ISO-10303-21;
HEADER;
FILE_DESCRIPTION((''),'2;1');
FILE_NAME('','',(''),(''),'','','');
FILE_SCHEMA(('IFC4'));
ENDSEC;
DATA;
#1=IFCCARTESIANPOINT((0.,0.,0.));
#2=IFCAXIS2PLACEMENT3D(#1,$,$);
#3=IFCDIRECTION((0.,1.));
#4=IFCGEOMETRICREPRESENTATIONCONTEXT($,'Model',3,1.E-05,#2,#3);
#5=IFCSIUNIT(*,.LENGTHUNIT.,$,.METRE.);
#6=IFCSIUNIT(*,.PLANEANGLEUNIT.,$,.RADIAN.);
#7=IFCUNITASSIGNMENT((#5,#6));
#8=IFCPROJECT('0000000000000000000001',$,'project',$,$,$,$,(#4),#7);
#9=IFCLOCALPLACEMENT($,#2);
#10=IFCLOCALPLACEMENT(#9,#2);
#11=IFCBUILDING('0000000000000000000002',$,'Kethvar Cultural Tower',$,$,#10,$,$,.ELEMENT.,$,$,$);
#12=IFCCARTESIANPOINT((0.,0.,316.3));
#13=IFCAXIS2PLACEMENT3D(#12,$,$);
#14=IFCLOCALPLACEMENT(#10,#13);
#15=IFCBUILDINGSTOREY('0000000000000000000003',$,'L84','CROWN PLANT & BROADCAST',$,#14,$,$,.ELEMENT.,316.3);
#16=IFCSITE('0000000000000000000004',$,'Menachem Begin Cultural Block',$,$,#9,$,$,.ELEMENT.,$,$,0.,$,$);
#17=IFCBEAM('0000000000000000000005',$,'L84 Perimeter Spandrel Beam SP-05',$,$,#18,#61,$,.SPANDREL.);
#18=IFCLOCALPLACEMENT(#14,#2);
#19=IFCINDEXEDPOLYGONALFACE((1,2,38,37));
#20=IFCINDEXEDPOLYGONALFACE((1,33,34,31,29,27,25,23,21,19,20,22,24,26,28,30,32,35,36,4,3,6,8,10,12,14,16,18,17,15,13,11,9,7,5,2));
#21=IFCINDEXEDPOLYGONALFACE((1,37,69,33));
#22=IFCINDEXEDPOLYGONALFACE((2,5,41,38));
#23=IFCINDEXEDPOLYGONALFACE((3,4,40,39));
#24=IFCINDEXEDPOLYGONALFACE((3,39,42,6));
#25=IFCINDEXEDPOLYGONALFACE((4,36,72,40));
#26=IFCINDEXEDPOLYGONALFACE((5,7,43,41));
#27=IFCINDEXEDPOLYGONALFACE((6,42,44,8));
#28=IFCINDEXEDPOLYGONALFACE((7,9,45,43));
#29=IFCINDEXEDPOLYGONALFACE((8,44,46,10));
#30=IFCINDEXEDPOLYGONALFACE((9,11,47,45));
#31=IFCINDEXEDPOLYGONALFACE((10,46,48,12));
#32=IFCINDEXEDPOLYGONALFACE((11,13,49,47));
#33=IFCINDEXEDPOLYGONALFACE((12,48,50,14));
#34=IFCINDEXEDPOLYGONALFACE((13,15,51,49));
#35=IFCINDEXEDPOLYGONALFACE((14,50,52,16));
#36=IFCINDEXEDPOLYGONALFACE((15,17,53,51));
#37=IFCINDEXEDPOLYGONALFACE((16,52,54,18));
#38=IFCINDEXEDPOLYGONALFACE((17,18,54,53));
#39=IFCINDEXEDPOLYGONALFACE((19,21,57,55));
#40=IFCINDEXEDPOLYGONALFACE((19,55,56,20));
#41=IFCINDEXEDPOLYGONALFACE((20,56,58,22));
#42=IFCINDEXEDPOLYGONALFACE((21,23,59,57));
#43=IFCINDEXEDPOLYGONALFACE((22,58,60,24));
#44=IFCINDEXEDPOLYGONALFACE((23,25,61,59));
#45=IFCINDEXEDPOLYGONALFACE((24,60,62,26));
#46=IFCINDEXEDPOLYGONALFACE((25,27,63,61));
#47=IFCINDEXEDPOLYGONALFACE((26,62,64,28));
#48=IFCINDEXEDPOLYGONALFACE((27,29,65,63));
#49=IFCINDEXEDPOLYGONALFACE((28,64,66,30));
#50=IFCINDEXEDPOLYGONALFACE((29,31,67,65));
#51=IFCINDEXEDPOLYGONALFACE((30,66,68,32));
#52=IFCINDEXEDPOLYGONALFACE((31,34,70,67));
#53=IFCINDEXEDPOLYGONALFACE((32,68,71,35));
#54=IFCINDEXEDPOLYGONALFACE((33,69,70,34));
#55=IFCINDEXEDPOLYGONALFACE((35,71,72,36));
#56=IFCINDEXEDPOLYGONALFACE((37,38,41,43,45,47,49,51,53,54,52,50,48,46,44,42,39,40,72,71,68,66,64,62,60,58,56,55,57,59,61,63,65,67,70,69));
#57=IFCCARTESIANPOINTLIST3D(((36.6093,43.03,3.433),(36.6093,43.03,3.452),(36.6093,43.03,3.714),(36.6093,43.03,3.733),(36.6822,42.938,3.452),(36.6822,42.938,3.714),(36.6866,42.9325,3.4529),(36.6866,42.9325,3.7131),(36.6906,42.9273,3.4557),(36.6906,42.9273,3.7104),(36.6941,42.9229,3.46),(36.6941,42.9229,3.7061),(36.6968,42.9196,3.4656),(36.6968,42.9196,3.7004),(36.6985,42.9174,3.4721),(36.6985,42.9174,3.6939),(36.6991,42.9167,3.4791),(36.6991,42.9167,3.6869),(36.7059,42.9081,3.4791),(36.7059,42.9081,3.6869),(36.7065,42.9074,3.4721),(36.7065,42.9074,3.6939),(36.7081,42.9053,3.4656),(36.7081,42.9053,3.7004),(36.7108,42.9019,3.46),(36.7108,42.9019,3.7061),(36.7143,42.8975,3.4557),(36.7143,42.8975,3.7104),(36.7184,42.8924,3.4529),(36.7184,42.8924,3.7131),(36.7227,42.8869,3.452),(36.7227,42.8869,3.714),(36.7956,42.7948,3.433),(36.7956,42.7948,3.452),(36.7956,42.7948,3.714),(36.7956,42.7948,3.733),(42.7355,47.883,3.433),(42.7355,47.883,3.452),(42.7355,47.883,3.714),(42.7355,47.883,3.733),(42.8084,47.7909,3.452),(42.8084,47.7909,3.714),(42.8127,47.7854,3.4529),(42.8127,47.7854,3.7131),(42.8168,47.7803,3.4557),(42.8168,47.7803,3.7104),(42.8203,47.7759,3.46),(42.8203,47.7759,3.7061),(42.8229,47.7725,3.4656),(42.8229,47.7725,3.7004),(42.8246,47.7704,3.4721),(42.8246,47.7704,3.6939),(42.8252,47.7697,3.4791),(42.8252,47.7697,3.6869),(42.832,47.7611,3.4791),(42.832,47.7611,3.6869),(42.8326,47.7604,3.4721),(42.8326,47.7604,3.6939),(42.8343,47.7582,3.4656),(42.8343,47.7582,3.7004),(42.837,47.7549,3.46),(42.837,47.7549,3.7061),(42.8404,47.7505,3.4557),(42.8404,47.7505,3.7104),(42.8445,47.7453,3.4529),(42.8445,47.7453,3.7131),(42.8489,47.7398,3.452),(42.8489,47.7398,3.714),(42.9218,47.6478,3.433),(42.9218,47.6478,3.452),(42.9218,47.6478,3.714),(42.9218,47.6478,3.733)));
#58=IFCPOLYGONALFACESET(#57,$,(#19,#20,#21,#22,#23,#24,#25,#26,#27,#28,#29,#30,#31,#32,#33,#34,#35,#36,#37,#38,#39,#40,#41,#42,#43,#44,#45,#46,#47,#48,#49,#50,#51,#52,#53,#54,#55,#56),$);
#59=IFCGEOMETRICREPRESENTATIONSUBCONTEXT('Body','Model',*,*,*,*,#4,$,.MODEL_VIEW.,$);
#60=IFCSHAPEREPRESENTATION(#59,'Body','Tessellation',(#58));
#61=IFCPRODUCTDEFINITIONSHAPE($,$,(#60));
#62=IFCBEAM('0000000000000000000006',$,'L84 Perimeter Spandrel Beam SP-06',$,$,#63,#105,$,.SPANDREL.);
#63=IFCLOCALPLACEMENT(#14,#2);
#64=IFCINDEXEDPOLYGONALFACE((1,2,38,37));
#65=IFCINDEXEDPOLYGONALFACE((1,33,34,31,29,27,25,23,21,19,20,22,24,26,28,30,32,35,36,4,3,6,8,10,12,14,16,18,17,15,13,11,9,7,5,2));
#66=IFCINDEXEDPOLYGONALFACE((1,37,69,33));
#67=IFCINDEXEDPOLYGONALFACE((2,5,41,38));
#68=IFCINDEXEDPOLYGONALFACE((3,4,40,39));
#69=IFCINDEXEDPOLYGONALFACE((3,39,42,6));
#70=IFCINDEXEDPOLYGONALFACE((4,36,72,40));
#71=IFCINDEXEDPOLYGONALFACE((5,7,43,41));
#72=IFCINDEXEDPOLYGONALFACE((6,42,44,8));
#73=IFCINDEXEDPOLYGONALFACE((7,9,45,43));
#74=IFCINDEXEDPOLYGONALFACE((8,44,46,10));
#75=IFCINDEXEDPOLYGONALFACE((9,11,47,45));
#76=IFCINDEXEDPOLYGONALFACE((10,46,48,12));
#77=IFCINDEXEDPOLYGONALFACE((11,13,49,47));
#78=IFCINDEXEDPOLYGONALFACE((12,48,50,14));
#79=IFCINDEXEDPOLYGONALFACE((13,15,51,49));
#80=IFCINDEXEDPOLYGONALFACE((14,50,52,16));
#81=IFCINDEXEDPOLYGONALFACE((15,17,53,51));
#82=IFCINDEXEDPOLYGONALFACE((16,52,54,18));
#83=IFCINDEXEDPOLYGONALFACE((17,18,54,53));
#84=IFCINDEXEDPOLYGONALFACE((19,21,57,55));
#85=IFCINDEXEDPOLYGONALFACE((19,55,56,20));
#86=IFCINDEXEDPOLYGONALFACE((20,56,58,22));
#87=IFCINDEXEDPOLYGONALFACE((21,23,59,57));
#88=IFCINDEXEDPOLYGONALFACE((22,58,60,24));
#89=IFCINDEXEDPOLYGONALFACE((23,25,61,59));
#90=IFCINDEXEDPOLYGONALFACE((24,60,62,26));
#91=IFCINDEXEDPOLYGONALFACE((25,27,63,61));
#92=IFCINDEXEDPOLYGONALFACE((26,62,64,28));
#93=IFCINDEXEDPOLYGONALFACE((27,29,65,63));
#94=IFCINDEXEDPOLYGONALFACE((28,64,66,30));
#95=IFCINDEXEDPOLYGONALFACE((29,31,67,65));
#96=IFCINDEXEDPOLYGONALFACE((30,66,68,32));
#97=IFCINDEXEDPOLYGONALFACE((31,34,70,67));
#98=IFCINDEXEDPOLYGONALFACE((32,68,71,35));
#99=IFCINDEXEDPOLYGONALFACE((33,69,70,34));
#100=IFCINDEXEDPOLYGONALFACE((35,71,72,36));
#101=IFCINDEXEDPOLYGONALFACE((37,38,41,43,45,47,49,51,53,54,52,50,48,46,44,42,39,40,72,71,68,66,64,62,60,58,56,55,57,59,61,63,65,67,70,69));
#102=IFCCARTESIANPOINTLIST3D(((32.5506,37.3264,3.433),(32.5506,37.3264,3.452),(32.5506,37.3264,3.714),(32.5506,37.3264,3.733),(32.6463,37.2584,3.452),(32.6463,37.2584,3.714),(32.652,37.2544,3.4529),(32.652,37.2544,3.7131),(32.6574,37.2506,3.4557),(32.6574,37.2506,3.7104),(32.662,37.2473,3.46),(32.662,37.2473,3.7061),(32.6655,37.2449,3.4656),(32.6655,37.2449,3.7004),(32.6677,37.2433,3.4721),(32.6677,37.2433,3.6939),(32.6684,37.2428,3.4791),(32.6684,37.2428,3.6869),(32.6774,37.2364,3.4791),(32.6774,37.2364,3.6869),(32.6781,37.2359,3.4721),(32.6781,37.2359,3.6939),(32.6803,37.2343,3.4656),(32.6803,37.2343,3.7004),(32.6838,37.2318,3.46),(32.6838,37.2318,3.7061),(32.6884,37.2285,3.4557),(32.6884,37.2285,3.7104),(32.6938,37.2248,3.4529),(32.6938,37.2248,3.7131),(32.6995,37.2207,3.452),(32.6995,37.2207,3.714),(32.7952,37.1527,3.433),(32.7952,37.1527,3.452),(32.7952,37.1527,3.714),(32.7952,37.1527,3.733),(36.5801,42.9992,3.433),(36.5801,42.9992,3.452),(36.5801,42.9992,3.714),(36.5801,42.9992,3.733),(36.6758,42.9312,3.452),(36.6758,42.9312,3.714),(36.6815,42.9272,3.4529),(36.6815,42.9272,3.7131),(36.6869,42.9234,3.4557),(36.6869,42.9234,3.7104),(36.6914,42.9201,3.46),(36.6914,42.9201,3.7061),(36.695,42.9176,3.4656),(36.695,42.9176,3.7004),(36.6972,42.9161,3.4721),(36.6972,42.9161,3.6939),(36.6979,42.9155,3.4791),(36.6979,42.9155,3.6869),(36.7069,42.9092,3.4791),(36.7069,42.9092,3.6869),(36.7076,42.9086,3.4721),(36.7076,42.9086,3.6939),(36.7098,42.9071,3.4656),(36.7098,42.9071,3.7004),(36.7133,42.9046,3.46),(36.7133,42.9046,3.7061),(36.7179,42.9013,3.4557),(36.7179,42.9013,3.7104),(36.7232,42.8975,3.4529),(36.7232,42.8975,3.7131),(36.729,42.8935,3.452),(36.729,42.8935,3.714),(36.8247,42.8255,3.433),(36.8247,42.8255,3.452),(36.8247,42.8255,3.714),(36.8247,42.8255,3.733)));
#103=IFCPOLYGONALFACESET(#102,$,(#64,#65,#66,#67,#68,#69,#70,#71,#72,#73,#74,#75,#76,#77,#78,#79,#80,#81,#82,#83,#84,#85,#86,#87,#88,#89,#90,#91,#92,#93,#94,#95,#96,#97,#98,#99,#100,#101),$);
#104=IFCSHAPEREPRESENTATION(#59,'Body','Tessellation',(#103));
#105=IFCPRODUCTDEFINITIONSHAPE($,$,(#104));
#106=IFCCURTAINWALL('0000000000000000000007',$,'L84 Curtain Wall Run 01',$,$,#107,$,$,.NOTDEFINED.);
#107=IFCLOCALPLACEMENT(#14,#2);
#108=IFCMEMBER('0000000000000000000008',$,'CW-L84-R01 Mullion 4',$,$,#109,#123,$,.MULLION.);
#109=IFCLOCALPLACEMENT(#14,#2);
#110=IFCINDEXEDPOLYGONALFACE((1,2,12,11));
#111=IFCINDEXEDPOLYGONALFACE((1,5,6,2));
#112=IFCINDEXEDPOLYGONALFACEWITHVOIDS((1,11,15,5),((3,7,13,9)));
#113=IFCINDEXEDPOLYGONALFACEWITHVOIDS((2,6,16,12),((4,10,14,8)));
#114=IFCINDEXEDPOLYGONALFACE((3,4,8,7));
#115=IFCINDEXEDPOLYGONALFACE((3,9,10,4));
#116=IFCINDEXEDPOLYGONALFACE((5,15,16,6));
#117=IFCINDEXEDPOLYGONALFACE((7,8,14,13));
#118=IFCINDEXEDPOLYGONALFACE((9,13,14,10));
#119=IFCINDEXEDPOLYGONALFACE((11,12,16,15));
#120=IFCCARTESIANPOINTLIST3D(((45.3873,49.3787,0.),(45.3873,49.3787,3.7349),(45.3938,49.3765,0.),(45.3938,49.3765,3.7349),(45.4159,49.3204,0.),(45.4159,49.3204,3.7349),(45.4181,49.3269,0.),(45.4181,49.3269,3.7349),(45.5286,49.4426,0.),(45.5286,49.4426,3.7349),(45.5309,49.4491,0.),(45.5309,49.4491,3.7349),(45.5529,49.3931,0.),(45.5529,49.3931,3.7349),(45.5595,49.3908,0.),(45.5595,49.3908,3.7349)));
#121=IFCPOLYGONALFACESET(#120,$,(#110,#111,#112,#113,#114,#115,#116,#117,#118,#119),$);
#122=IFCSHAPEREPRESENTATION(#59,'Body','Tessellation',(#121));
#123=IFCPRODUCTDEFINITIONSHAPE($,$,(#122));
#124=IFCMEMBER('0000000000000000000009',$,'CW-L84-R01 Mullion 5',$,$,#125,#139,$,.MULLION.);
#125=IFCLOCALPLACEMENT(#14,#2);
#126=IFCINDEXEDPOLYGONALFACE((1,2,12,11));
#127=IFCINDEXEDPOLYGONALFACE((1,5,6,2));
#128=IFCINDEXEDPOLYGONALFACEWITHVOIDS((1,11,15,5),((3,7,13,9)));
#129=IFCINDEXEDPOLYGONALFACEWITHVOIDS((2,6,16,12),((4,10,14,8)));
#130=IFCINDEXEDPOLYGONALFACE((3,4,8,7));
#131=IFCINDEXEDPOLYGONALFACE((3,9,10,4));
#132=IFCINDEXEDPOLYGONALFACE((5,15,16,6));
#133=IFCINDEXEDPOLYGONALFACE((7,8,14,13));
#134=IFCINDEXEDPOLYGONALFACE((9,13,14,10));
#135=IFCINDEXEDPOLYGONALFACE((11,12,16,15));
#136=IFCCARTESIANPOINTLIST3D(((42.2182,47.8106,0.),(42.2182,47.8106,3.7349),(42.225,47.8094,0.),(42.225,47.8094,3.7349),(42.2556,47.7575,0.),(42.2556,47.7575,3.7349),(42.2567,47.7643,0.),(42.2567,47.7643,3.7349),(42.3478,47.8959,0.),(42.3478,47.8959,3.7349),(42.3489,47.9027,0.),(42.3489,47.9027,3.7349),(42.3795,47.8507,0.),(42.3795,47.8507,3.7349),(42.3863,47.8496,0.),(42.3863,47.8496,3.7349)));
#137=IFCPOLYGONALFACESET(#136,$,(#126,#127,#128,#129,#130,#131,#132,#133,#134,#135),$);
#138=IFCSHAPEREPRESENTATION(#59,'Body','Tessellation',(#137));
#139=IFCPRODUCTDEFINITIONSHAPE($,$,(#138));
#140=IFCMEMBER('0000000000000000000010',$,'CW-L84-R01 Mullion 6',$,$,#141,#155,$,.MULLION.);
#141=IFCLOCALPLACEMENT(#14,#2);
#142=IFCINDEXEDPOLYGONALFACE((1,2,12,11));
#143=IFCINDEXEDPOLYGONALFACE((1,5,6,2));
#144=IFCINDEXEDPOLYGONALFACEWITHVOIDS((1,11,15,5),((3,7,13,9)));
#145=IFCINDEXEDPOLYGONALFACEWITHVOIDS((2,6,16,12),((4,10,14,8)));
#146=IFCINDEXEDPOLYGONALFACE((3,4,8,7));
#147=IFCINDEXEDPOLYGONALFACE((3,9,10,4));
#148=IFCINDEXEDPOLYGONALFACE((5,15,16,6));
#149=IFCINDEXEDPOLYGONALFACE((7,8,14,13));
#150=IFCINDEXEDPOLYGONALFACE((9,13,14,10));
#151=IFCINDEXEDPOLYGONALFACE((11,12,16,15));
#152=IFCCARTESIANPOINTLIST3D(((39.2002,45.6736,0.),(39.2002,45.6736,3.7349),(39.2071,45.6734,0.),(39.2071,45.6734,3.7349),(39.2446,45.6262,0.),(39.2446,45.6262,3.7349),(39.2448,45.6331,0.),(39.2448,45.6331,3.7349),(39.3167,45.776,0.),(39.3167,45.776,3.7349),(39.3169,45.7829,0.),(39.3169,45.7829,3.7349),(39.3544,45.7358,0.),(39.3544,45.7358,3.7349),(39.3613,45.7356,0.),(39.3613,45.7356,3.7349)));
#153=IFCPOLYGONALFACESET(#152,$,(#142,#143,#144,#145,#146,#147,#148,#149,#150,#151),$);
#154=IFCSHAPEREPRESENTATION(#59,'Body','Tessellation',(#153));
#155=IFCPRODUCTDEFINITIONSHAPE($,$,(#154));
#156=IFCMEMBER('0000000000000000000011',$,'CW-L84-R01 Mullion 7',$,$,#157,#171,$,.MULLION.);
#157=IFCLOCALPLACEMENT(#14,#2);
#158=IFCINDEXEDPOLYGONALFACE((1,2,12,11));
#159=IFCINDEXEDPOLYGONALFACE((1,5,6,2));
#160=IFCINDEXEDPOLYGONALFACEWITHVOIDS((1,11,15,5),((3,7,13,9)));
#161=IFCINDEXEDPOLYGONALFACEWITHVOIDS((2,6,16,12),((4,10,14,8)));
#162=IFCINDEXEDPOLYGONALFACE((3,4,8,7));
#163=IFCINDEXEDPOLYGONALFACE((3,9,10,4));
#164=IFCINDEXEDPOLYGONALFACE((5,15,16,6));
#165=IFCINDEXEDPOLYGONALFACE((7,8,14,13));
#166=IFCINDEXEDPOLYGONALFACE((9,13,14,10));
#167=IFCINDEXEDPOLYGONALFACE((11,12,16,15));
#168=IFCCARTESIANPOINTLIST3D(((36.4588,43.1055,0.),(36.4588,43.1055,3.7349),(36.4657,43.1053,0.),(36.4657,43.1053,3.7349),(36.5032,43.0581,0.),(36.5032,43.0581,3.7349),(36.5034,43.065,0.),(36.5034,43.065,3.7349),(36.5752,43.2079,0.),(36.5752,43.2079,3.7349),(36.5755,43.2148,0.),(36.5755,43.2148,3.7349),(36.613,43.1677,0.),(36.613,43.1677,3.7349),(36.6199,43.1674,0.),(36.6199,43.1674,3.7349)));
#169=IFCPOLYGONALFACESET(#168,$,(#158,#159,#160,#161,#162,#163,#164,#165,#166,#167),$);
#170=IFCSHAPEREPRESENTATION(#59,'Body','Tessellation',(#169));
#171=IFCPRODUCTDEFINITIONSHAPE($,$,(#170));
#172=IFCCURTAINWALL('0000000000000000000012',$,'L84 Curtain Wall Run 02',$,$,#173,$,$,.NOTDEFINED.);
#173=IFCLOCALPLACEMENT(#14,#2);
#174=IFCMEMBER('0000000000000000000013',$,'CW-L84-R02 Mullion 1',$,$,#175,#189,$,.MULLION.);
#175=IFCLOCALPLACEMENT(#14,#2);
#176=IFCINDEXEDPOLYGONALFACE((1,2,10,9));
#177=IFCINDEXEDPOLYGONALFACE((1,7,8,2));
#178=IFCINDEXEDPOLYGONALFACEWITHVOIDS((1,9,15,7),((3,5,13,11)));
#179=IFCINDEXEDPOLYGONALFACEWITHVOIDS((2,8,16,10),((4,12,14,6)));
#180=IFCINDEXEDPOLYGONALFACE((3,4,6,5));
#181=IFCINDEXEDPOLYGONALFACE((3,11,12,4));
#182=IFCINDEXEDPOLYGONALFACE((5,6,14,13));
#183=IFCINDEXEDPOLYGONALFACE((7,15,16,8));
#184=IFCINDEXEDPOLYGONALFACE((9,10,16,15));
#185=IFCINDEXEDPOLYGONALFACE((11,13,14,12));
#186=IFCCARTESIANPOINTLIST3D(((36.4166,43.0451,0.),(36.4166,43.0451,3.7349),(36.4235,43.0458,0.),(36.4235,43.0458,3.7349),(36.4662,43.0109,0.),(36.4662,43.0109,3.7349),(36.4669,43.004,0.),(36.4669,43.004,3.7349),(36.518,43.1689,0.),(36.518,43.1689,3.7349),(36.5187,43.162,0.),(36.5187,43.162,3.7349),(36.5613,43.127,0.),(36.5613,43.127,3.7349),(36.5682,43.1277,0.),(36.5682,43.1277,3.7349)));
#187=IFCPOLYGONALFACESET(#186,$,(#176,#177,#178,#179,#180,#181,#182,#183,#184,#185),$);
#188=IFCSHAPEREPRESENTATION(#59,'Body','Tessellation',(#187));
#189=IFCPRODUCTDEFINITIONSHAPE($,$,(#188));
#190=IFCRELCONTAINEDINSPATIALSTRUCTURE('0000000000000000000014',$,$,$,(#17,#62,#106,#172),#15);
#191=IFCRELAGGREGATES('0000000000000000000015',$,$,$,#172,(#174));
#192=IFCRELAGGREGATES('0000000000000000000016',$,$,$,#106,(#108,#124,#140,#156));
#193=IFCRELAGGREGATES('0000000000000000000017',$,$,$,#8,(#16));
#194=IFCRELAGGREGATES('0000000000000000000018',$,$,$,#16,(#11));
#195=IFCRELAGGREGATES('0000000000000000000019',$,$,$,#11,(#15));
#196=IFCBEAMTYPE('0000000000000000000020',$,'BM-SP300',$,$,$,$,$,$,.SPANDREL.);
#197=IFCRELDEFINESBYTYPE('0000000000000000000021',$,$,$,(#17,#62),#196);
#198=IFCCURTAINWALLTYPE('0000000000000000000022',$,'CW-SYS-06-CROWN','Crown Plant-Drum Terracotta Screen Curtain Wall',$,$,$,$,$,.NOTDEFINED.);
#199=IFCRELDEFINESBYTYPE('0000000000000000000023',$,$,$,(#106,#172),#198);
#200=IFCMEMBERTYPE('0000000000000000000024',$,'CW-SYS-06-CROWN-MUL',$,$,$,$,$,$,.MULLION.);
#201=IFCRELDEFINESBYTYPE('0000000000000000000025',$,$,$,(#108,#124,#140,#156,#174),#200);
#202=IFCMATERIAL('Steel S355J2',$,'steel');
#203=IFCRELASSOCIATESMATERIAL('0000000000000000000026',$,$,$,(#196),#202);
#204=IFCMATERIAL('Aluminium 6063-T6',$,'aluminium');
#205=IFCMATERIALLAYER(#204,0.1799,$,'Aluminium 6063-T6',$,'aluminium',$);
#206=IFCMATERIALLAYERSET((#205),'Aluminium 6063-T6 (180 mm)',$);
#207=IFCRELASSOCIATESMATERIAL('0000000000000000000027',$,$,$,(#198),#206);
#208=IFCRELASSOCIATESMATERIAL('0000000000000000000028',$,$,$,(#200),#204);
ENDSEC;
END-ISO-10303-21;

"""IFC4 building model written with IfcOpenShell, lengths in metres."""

from ifc_helpers import new_model, si_unit, direction, frame, origin, origin_2d, place, context, subcontext, project, spatial, hollow_rectangle, i_section, extrude, source, transform, mapped, material, layer, layer_set, material_profile, profile_set, type_object, element, aggregate, save


model = new_model("IFC4")

# Units and contexts
model_context = context("Model", 3, precision=1e-05, world=origin(), true_north=direction((0.0, 1.0)))
body_context = subcontext(model_context, "Body", "Model", "MODEL_VIEW")
ifc_project = project(units=[si_unit("LENGTHUNIT", "METRE"), si_unit("PLANEANGLEUNIT", "RADIAN")], contexts=[model_context])

# Site, building, storey
site_placement = place(None, origin())
site = spatial("IfcSite", under=ifc_project, at=site_placement, Name="Menachem Begin Cultural Block", CompositionType="ELEMENT", RefElevation=0.0)
building_placement = place(site_placement, origin())
building = spatial("IfcBuilding", under=site, at=building_placement, Name="Kethvar Cultural Tower", CompositionType="ELEMENT")
storey_placement = place(building_placement, frame((0.0, 0.0, 316.3)))
storey = spatial("IfcBuildingStorey", under=building, at=storey_placement, Name="L84", Description="CROWN PLANT & BROADCAST", CompositionType="ELEMENT", Elevation=316.3)

# Shared definitions
ifc_material_1 = material(Name="Steel S355J2", Category="steel")

# Beams
ifc_material_profile_1 = material_profile(ifc_material_1, i_section(OverallWidth=0.3, OverallDepth=0.3, WebThickness=0.011, FlangeThickness=0.019, FilletRadius=0.0271, at=origin_2d()), Name="Steel S355J2 — HEB300")
ifc_profile_set_1 = profile_set([ifc_material_profile_1], Name="Steel S355J2 — HEB300")
beam_type_1 = type_object("IfcBeamType", Name="BM-SP300", PredefinedType="SPANDREL", material=ifc_profile_set_1)
shared_shape_1 = source(origin(), body_context, "Body", "SweptSolid", [
    extrude(i_section(OverallWidth=0.3, OverallDepth=0.3, WebThickness=0.011, FlangeThickness=0.019, FilletRadius=0.0271, at=origin_2d()), origin(), (0.0, 0.0, 1.0), 7.8154),
])
beam_1_placement = place(storey_placement, frame((42.8286, 47.7654, 3.583), z_axis=(-0.783853, -0.620947, 0.0), x_axis=(0.620947, -0.783853, 0.0)))
element("IfcBeam", 1, at=beam_1_placement, inside=storey, type_object=beam_type_1, Name="L84 Perimeter Spandrel Beam SP-05", PredefinedType="SPANDREL", context=body_context, shape_type="MappedRepresentation", body=[
    mapped(shared_shape_1, transform((0.0, 0.0, 0.0), scale=1.0)),
])
shared_shape_2 = source(origin(), body_context, "Body", "SweptSolid", [
    extrude(i_section(OverallWidth=0.3, OverallDepth=0.3, WebThickness=0.011, FlangeThickness=0.019, FilletRadius=0.0271, at=origin_2d()), origin(), (0.0, 0.0, 1.0), 6.9583),
])
beam_2_placement = place(storey_placement, frame((36.7024, 42.9124, 3.583), z_axis=(-0.579095, -0.81526, 0.0), x_axis=(0.81526, -0.579095, 0.0)))
element("IfcBeam", 2, at=beam_2_placement, inside=storey, type_object=beam_type_1, Name="L84 Perimeter Spandrel Beam SP-06", PredefinedType="SPANDREL", context=body_context, shape_type="MappedRepresentation", body=[
    mapped(shared_shape_2, transform((0.0, 0.0, 0.0), scale=1.0)),
])

# Curtain wall, members
ifc_material_2 = material(Name="Aluminium 6063-T6", Category="aluminium")
ifc_layer_1 = layer(ifc_material_2, 0.1799, Name="Aluminium 6063-T6", Category="aluminium")
ifc_layer_set_1 = layer_set([ifc_layer_1], Name="Aluminium 6063-T6 (180 mm)")
curtain_wall_type = type_object("IfcCurtainWallType", Name="CW-SYS-06-CROWN", Description="Crown Plant-Drum Terracotta Screen Curtain Wall", PredefinedType="NOTDEFINED", material=ifc_layer_set_1)
curtain_wall_1_placement = place(storey_placement, origin())
curtain_wall_1 = element("IfcCurtainWall", 3, at=curtain_wall_1_placement, inside=storey, type_object=curtain_wall_type, Name="L84 Curtain Wall Run 01", PredefinedType="NOTDEFINED")
ifc_material_profile_2 = material_profile(ifc_material_2, hollow_rectangle(XDim=0.0649, YDim=0.1599, WallThickness=0.0049, at=origin_2d()), Name="Aluminium 6063-T6 — RHS160x65x5")
ifc_profile_set_2 = profile_set([ifc_material_profile_2], Name="Aluminium 6063-T6 — RHS160x65x5")
member_type_1 = type_object("IfcMemberType", Name="CW-SYS-06-CROWN-MUL", PredefinedType="MULLION", material=ifc_profile_set_2)
shared_shape_3 = source(origin(), body_context, "Body", "SweptSolid", [
    extrude(hollow_rectangle(XDim=0.0649, YDim=0.1599, WallThickness=0.0049, at=origin_2d()), origin(), (0.0, 0.0, 1.0), 3.7349),
])
member_1_placement = place(storey_placement, frame((45.4734, 49.3848, 0.0), z_axis=(0.0, 0.0, 1.0), x_axis=(0.44055, -0.897728, 0.0)))
member_1 = element("IfcMember", 4, at=member_1_placement, type_object=member_type_1, Name="CW-L84-R01 Mullion 4", PredefinedType="MULLION", context=body_context, shape_type="MappedRepresentation", body=[
    mapped(shared_shape_3, transform((0.0, 0.0, 0.0), scale=1.0)),
])
member_2_placement = place(storey_placement, frame((42.3022, 47.8301, 0.0), z_axis=(0.0, 0.0, 1.0), x_axis=(0.575633, -0.817708, 0.0)))
member_2 = element("IfcMember", 5, at=member_2_placement, type_object=member_type_1, Name="CW-L84-R01 Mullion 5", PredefinedType="MULLION", context=body_context, shape_type="MappedRepresentation", body=[
    mapped(shared_shape_3, transform((0.0, 0.0, 0.0), scale=1.0)),
])
member_3_placement = place(storey_placement, frame((39.2808, 45.7046, 0.0), z_axis=(0.0, 0.0, 1.0), x_axis=(0.683631, -0.729828, 0.0)))
member_3 = element("IfcMember", 6, at=member_3_placement, type_object=member_type_1, Name="CW-L84-R01 Mullion 6", PredefinedType="MULLION", context=body_context, shape_type="MappedRepresentation", body=[
    mapped(shared_shape_3, transform((0.0, 0.0, 0.0), scale=1.0)),
])
member_4_placement = place(storey_placement, frame((36.5393, 43.1365, 0.0), z_axis=(0.0, 0.0, 1.0), x_axis=(0.683631, -0.729828, 0.0)))
member_4 = element("IfcMember", 7, at=member_4_placement, type_object=member_type_1, Name="CW-L84-R01 Mullion 7", PredefinedType="MULLION", context=body_context, shape_type="MappedRepresentation", body=[
    mapped(shared_shape_3, transform((0.0, 0.0, 0.0), scale=1.0)),
])

# Curtain wall, member
curtain_wall_2_placement = place(storey_placement, origin())
curtain_wall_2 = element("IfcCurtainWall", 8, at=curtain_wall_2_placement, inside=storey, type_object=curtain_wall_type, Name="L84 Curtain Wall Run 02", PredefinedType="NOTDEFINED")
member_5_placement = place(storey_placement, frame((36.4924, 43.0864, 0.0), z_axis=(0.0, 0.0, 1.0), x_axis=(0.773586, -0.633691, 0.0)))
member_5 = element("IfcMember", 9, at=member_5_placement, type_object=member_type_1, Name="CW-L84-R02 Mullion 1", PredefinedType="MULLION", context=body_context, shape_type="MappedRepresentation", body=[
    mapped(shared_shape_3, transform((0.0, 0.0, 0.0), scale=1.0)),
])

aggregate(curtain_wall_2, [member_5])

aggregate(curtain_wall_1, [member_1, member_2, member_3, member_4])

save(model, "model.ifc")
